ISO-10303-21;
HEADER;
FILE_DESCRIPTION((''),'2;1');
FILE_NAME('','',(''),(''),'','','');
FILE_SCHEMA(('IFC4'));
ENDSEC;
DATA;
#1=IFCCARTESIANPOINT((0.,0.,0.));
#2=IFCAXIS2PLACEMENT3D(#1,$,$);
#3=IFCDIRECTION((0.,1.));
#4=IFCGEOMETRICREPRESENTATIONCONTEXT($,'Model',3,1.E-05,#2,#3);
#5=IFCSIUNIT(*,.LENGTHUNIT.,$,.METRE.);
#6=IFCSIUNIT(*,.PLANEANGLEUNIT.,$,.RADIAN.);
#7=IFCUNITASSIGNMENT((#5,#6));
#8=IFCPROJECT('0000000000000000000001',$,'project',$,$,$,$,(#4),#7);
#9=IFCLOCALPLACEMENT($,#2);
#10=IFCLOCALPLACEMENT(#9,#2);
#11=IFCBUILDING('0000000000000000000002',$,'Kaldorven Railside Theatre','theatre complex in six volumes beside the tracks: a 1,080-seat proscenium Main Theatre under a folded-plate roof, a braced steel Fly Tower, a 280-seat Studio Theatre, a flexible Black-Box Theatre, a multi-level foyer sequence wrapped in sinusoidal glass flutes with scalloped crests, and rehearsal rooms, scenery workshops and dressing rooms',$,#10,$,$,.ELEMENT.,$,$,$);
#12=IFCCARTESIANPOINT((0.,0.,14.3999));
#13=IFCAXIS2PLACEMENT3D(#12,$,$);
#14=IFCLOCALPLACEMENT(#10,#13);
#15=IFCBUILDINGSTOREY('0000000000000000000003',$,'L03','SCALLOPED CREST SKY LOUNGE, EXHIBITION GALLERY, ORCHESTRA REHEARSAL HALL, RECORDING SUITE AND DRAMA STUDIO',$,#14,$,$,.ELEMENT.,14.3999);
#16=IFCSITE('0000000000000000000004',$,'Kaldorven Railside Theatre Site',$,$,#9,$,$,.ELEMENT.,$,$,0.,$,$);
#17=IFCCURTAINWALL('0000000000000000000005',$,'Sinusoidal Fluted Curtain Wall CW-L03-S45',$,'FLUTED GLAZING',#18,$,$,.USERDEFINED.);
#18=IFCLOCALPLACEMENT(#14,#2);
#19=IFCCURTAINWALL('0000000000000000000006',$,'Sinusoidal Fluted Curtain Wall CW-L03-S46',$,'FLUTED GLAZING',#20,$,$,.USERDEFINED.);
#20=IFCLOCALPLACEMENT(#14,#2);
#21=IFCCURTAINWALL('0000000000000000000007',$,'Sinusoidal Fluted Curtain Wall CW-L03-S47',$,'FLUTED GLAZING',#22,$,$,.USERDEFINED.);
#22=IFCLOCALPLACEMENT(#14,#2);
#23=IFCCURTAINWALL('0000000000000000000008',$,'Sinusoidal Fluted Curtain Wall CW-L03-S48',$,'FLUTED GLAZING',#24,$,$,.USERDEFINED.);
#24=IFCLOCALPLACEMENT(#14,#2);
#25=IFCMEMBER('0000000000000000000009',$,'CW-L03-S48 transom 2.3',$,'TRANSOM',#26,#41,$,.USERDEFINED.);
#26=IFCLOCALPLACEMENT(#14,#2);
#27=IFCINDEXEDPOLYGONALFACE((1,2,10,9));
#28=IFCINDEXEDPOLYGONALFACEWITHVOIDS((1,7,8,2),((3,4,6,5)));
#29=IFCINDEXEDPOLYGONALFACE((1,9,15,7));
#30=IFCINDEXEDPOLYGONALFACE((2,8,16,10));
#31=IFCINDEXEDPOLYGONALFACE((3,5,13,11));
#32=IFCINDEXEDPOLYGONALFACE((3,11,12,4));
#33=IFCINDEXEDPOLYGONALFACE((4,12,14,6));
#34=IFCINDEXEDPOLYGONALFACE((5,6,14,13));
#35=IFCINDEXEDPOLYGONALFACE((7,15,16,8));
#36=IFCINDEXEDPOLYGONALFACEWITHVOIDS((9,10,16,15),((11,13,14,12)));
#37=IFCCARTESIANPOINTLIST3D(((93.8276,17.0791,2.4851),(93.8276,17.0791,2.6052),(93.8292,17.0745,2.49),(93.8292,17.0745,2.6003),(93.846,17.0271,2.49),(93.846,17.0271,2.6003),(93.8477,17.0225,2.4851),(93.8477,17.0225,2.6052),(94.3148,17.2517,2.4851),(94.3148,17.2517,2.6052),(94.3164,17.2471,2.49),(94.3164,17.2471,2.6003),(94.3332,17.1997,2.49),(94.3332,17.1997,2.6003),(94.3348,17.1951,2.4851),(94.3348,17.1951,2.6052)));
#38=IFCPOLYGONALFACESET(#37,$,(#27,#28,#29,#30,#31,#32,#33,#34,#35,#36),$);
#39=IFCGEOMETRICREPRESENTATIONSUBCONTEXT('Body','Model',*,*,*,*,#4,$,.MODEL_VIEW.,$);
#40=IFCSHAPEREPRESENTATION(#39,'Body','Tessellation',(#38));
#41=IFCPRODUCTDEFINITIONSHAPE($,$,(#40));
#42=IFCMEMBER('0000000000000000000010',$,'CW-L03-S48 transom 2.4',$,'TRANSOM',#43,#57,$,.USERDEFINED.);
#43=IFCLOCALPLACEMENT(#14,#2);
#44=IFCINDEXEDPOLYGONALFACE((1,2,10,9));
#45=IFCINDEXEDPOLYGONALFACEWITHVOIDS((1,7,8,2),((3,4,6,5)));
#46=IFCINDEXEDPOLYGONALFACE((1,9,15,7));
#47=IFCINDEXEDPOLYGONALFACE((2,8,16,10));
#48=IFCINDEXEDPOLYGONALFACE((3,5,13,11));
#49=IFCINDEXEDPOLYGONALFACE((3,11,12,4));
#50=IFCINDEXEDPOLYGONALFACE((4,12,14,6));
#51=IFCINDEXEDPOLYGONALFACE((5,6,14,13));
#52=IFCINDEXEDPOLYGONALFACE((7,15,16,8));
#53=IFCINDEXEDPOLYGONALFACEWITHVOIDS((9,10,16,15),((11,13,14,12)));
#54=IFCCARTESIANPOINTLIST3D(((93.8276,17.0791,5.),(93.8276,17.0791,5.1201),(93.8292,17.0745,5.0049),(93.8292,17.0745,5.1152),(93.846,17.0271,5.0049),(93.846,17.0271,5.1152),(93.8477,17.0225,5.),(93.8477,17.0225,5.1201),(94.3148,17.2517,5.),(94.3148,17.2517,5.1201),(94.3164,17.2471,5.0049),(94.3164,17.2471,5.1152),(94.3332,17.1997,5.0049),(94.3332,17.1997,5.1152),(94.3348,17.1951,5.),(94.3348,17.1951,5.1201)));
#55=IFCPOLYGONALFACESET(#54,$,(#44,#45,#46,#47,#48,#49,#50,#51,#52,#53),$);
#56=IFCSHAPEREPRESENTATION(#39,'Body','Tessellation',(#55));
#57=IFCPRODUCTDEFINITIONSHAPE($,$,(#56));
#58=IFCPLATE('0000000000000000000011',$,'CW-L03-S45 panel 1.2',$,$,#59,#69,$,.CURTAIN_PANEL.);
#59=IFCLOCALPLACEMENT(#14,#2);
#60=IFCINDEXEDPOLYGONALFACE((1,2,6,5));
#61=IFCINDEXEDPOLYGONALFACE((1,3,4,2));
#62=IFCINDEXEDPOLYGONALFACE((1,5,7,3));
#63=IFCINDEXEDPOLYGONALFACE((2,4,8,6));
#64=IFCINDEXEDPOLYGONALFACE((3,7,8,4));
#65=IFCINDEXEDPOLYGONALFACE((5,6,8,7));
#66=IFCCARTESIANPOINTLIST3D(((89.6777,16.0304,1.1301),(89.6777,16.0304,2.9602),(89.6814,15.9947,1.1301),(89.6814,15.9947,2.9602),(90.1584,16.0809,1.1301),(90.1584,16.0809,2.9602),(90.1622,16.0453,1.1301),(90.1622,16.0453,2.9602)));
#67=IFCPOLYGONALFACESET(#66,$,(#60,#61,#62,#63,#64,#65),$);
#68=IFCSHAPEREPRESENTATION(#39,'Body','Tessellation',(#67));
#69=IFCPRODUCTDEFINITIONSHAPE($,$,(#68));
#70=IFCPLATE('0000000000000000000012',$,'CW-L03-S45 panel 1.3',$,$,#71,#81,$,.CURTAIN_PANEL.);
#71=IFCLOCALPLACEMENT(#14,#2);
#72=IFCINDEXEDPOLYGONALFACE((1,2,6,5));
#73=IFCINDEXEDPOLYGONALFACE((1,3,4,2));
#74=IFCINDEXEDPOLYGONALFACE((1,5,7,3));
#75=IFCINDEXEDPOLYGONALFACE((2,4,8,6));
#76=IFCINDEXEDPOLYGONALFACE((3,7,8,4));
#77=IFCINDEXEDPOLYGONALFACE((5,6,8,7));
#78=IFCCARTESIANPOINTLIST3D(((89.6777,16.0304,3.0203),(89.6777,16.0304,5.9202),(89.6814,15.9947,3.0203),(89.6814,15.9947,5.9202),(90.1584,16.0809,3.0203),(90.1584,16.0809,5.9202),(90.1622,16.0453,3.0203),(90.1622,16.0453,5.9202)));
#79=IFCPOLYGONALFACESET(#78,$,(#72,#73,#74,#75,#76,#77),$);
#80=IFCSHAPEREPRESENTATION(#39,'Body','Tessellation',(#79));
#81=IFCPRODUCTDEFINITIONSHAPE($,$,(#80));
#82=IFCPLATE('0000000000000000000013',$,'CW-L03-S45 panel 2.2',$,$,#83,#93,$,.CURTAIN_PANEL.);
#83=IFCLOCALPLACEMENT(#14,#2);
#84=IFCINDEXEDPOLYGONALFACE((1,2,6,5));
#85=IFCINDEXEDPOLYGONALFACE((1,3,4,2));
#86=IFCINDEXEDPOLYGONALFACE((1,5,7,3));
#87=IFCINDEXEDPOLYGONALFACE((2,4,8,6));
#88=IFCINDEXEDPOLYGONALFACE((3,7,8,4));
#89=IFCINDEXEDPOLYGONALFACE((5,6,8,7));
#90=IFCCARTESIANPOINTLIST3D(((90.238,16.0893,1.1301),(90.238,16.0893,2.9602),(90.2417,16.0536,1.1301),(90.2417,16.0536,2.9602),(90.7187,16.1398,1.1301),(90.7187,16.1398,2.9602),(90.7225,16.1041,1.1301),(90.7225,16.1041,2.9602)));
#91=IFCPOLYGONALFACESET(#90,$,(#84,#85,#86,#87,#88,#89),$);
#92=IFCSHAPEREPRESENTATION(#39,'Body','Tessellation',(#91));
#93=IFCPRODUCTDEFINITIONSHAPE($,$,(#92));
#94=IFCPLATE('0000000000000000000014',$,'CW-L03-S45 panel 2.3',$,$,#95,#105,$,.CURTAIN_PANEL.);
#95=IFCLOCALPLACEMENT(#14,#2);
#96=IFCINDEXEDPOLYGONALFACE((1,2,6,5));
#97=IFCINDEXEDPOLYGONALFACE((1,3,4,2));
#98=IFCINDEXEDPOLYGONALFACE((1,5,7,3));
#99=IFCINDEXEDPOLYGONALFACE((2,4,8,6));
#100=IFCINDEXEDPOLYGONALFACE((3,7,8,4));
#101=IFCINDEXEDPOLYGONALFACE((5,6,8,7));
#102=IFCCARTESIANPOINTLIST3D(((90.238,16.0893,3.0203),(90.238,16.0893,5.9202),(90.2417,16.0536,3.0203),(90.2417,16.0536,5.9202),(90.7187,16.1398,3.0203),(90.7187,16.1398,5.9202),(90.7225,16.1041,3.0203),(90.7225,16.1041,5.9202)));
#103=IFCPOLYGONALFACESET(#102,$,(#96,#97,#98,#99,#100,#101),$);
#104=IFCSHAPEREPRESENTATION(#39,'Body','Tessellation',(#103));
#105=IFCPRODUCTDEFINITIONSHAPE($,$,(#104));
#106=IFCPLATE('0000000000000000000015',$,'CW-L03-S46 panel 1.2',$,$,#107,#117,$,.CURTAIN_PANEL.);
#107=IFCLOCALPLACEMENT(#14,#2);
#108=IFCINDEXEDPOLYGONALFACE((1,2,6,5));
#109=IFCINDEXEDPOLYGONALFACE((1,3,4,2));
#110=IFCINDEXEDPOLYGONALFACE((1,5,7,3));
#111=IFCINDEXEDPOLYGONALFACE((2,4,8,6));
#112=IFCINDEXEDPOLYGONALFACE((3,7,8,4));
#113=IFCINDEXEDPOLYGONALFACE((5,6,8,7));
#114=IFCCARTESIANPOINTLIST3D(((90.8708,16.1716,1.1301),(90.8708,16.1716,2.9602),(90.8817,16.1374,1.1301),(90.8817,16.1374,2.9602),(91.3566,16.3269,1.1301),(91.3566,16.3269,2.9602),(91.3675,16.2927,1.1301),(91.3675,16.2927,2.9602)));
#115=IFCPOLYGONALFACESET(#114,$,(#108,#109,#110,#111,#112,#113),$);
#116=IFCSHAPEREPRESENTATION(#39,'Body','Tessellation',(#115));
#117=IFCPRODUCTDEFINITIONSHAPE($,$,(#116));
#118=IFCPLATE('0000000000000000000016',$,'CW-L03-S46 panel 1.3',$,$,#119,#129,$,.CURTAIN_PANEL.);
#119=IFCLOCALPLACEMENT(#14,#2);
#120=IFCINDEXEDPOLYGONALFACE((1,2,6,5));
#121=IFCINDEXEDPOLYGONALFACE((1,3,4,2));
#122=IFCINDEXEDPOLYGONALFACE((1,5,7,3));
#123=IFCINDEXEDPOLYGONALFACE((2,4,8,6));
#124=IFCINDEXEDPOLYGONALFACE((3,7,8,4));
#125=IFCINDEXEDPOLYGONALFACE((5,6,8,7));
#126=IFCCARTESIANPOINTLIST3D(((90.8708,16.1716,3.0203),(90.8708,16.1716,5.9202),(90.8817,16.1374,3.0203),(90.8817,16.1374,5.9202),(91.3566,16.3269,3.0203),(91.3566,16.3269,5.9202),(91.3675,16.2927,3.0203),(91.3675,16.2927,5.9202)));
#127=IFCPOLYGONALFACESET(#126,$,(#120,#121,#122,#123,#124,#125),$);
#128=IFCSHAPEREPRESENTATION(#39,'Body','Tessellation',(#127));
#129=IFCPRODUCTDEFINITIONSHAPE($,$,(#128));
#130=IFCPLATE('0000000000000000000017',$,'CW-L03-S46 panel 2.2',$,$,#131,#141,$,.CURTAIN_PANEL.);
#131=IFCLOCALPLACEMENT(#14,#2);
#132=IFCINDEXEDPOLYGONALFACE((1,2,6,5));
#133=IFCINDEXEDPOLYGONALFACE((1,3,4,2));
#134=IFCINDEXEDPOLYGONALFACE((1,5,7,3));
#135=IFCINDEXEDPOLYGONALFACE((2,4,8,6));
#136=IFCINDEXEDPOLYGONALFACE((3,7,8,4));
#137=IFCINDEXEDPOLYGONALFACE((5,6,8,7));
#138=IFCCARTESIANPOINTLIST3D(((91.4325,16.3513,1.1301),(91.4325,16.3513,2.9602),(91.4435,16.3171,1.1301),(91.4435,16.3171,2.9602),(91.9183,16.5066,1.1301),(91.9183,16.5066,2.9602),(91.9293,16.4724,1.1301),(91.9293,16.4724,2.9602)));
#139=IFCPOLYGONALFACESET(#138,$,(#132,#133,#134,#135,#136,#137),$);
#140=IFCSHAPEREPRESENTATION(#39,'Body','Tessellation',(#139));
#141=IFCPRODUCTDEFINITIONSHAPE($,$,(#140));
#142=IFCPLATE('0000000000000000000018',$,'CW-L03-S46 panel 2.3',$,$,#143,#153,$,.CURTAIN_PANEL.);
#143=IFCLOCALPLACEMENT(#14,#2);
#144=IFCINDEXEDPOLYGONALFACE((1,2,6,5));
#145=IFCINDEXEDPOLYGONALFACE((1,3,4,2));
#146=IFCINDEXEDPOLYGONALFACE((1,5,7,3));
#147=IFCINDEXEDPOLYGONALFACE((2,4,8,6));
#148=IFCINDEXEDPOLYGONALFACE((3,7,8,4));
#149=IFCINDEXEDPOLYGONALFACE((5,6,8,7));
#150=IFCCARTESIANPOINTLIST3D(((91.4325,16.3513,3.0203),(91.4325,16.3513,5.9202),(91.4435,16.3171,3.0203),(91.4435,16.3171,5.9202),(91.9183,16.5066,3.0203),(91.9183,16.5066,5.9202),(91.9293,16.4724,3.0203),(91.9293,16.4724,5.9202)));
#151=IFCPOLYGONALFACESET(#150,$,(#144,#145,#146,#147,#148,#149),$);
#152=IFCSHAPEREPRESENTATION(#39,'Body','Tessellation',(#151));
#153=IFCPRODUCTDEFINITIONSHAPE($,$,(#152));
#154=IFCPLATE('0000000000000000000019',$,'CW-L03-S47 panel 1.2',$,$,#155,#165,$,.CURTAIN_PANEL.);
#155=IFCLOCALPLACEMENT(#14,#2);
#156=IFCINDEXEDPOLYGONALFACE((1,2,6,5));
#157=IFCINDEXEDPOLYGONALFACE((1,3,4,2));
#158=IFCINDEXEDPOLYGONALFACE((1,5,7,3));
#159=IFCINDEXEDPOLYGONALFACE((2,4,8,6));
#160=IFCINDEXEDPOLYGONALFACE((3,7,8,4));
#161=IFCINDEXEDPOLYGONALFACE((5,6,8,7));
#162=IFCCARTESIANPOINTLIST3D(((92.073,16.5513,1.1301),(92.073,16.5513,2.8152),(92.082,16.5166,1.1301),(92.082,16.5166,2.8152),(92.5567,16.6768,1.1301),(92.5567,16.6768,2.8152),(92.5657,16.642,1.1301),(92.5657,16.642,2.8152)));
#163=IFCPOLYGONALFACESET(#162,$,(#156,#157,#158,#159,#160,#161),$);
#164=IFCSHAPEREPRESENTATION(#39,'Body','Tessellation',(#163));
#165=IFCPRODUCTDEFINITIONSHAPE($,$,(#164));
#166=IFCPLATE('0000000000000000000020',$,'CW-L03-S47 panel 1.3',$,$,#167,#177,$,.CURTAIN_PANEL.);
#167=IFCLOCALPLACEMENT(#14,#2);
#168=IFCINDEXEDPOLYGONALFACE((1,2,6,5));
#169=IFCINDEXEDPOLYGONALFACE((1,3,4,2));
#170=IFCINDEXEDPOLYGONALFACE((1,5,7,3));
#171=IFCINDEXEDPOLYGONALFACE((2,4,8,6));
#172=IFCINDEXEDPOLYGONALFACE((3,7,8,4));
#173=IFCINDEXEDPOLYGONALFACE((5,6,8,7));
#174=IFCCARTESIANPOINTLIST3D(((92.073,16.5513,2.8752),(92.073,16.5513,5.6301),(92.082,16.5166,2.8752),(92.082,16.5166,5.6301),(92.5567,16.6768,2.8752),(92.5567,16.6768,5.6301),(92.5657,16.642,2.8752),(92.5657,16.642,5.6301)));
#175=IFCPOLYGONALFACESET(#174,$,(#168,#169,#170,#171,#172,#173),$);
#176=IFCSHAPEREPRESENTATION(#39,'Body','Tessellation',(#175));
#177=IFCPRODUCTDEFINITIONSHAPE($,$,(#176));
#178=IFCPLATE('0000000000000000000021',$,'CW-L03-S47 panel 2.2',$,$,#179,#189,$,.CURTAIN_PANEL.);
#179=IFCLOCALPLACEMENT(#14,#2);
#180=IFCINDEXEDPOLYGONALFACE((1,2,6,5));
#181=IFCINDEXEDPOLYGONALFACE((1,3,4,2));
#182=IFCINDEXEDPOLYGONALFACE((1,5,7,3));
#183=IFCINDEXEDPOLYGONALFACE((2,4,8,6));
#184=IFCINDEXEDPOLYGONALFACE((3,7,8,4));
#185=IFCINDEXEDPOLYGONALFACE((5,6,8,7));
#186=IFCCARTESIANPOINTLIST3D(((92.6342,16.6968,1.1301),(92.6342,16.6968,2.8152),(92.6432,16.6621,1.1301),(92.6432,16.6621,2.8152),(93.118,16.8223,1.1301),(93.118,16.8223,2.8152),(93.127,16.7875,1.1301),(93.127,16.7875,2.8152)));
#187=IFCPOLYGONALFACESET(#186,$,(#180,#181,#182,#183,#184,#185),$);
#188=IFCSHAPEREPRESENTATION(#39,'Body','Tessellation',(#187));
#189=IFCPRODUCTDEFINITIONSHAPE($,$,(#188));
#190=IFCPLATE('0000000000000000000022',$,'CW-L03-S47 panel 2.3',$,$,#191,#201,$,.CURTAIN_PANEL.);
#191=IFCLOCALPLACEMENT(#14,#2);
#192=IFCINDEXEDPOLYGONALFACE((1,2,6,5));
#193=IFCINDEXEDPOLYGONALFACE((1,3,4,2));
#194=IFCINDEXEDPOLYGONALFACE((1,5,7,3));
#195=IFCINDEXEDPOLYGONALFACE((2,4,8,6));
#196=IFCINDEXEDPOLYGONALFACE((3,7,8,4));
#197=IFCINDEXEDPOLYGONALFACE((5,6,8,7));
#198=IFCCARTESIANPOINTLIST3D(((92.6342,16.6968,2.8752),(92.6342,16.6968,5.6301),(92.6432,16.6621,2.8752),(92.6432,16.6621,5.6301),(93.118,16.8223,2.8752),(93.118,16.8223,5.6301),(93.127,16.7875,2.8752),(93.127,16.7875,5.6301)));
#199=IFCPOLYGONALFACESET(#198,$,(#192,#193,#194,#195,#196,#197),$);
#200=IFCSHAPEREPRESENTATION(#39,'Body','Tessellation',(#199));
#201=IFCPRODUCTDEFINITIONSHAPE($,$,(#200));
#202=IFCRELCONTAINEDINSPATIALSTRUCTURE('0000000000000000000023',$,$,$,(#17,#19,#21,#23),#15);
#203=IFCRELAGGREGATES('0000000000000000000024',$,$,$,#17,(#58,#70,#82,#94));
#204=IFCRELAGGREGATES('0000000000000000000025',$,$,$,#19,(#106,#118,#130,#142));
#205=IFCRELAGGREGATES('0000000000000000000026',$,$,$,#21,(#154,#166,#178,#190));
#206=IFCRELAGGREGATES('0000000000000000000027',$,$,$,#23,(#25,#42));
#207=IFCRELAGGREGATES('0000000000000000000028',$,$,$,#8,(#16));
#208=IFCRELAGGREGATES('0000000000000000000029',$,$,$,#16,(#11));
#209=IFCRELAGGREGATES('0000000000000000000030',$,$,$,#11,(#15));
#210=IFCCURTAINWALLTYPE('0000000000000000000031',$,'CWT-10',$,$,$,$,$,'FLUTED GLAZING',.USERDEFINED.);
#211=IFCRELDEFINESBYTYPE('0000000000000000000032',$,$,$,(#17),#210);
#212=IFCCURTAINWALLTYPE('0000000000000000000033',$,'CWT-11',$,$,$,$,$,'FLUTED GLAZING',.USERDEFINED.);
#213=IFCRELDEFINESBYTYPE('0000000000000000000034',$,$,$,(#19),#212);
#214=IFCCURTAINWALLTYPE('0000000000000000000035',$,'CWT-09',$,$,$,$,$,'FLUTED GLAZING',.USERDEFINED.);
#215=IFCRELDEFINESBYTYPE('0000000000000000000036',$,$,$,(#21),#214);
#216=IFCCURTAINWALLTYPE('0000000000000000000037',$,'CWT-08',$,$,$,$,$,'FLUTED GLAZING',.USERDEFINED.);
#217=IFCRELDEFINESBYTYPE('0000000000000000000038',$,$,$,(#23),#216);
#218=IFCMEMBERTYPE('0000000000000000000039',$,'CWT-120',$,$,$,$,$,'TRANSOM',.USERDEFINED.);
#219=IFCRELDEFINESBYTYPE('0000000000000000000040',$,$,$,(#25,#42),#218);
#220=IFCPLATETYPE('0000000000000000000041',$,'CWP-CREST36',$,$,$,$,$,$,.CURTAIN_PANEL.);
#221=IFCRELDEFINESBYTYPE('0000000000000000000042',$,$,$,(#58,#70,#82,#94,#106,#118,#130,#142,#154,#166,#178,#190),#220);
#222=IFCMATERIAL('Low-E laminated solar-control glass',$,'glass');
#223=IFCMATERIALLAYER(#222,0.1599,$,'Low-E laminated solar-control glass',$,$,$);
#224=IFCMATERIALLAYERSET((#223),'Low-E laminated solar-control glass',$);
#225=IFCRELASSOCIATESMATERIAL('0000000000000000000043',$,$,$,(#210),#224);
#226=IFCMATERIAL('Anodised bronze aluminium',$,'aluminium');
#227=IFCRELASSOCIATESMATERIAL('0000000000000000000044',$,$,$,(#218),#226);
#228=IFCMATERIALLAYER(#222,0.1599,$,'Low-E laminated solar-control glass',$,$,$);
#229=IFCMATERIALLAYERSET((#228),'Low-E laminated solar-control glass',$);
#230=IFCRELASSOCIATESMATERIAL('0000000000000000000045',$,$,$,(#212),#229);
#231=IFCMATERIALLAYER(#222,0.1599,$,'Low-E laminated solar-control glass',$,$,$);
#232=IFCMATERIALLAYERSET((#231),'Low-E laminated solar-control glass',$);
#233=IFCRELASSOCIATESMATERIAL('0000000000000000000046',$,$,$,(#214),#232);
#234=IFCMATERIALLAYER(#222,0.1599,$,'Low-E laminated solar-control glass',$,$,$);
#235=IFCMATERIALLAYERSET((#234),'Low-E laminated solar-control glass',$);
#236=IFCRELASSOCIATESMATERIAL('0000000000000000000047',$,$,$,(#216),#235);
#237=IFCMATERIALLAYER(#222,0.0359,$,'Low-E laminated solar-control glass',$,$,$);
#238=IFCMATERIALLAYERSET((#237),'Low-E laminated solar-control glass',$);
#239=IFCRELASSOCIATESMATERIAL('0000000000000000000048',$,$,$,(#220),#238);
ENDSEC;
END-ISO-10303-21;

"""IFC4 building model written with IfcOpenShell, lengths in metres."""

from ifc_helpers import new_model, si_unit, direction, frame, origin, origin_2d, place, context, subcontext, project, spatial, rectangle, hollow_rectangle, extrude, material, layer, layer_set, material_profile, profile_set, type_object, element, aggregate, save


model = new_model("IFC4")

# Units and contexts
model_context = context("Model", 3, precision=1e-05, world=origin(), true_north=direction((0.0, 1.0)))
body_context = subcontext(model_context, "Body", "Model", "MODEL_VIEW")
ifc_project = project(units=[si_unit("LENGTHUNIT", "METRE"), si_unit("PLANEANGLEUNIT", "RADIAN")], contexts=[model_context])

# Site, building, storey
site_placement = place(None, origin())
site = spatial("IfcSite", under=ifc_project, at=site_placement, Name="Kaldorven Railside Theatre Site", CompositionType="ELEMENT", RefElevation=0.0)
building_placement = place(site_placement, origin())
building = spatial("IfcBuilding", under=site, at=building_placement, Name="Kaldorven Railside Theatre", Description="theatre complex in six volumes beside the tracks: a 1,080-seat proscenium Main Theatre under a folded-plate roof, a braced steel Fly Tower, a 280-seat Studio Theatre, a flexible Black-Box Theatre, a multi-level foyer sequence wrapped in sinusoidal glass flutes with scalloped crests, and rehearsal rooms, scenery workshops and dressing rooms", CompositionType="ELEMENT")
storey_placement = place(building_placement, frame((0.0, 0.0, 14.3999)))
storey = spatial("IfcBuildingStorey", under=building, at=storey_placement, Name="L03", Description="SCALLOPED CREST SKY LOUNGE, EXHIBITION GALLERY, ORCHESTRA REHEARSAL HALL, RECORDING SUITE AND DRAMA STUDIO", CompositionType="ELEMENT", Elevation=14.3999)

# Curtain walls, members
ifc_material_1 = material(Name="Low-E laminated solar-control glass", Category="glass")
ifc_layer_1 = layer(ifc_material_1, 0.1599, Name="Low-E laminated solar-control glass")
ifc_layer_set_1 = layer_set([ifc_layer_1], Name="Low-E laminated solar-control glass")
curtain_wall_type_1 = type_object("IfcCurtainWallType", Name="CWT-10", ElementType="FLUTED GLAZING", PredefinedType="USERDEFINED", material=ifc_layer_set_1)
curtain_wall_1_placement = place(storey_placement, origin())
curtain_wall_1 = element("IfcCurtainWall", 1, at=curtain_wall_1_placement, inside=storey, type_object=curtain_wall_type_1, Name="Sinusoidal Fluted Curtain Wall CW-L03-S45", ObjectType="FLUTED GLAZING", PredefinedType="USERDEFINED")
ifc_material_2 = material(Name="Anodised bronze aluminium", Category="aluminium")
ifc_material_profile = material_profile(ifc_material_2, hollow_rectangle(XDim=0.0601, YDim=0.1201, WallThickness=0.0049, at=origin_2d()), Name="RHS 120x60x5")
ifc_profile_set = profile_set([ifc_material_profile], Name="Anodised bronze aluminium")
member_type = type_object("IfcMemberType", Name="CWT-120", ElementType="TRANSOM", PredefinedType="USERDEFINED", material=ifc_profile_set)
ifc_layer_2 = layer(ifc_material_1, 0.1599, Name="Low-E laminated solar-control glass")
ifc_layer_set_2 = layer_set([ifc_layer_2], Name="Low-E laminated solar-control glass")
curtain_wall_type_2 = type_object("IfcCurtainWallType", Name="CWT-11", ElementType="FLUTED GLAZING", PredefinedType="USERDEFINED", material=ifc_layer_set_2)
curtain_wall_2_placement = place(storey_placement, origin())
curtain_wall_2 = element("IfcCurtainWall", 2, at=curtain_wall_2_placement, inside=storey, type_object=curtain_wall_type_2, Name="Sinusoidal Fluted Curtain Wall CW-L03-S46", ObjectType="FLUTED GLAZING", PredefinedType="USERDEFINED")
ifc_layer_3 = layer(ifc_material_1, 0.1599, Name="Low-E laminated solar-control glass")
ifc_layer_set_3 = layer_set([ifc_layer_3], Name="Low-E laminated solar-control glass")
curtain_wall_type_3 = type_object("IfcCurtainWallType", Name="CWT-09", ElementType="FLUTED GLAZING", PredefinedType="USERDEFINED", material=ifc_layer_set_3)
curtain_wall_3_placement = place(storey_placement, origin())
curtain_wall_3 = element("IfcCurtainWall", 3, at=curtain_wall_3_placement, inside=storey, type_object=curtain_wall_type_3, Name="Sinusoidal Fluted Curtain Wall CW-L03-S47", ObjectType="FLUTED GLAZING", PredefinedType="USERDEFINED")
ifc_layer_4 = layer(ifc_material_1, 0.1599, Name="Low-E laminated solar-control glass")
ifc_layer_set_4 = layer_set([ifc_layer_4], Name="Low-E laminated solar-control glass")
curtain_wall_type_4 = type_object("IfcCurtainWallType", Name="CWT-08", ElementType="FLUTED GLAZING", PredefinedType="USERDEFINED", material=ifc_layer_set_4)
curtain_wall_4_placement = place(storey_placement, origin())
curtain_wall_4 = element("IfcCurtainWall", 4, at=curtain_wall_4_placement, inside=storey, type_object=curtain_wall_type_4, Name="Sinusoidal Fluted Curtain Wall CW-L03-S48", ObjectType="FLUTED GLAZING", PredefinedType="USERDEFINED")
member_1_placement = place(storey_placement, frame((93.8376, 17.0508, 2.5452), z_axis=(0.942562, 0.334031, 0.0), x_axis=(-0.334031, 0.942562, 0.0)))
member_1 = element("IfcMember", 5, at=member_1_placement, type_object=member_type, Name="CW-L03-S48 transom 2.3", ObjectType="TRANSOM", PredefinedType="USERDEFINED", context=body_context, shape_type="SweptSolid", body=[
    extrude(hollow_rectangle(XDim=0.0601, YDim=0.1201, WallThickness=0.0049, at=origin_2d()), origin(), (0.0, 0.0, 1.0), 0.5168),
])
member_2_placement = place(storey_placement, frame((93.8376, 17.0508, 5.0601), z_axis=(0.942562, 0.334031, 0.0), x_axis=(-0.334031, 0.942562, 0.0)))
member_2 = element("IfcMember", 6, at=member_2_placement, type_object=member_type, Name="CW-L03-S48 transom 2.4", ObjectType="TRANSOM", PredefinedType="USERDEFINED", context=body_context, shape_type="SweptSolid", body=[
    extrude(hollow_rectangle(XDim=0.0601, YDim=0.1201, WallThickness=0.0049, at=origin_2d()), origin(), (0.0, 0.0, 1.0), 0.5168),
])

# Plates
ifc_layer_5 = layer(ifc_material_1, 0.0359, Name="Low-E laminated solar-control glass")
ifc_layer_set_5 = layer_set([ifc_layer_5], Name="Low-E laminated solar-control glass")
plate_type = type_object("IfcPlateType", Name="CWP-CREST36", PredefinedType="CURTAIN_PANEL", material=ifc_layer_set_5)
plate_1_placement = place(storey_placement, frame((89.9199, 16.0378, 1.1301), z_axis=(0.0, 0.0, 1.0), x_axis=(0.994524, 0.104508, 0.0)))
plate_1 = element("IfcPlate", 7, at=plate_1_placement, type_object=plate_type, Name="CW-L03-S45 panel 1.2", PredefinedType="CURTAIN_PANEL", context=body_context, shape_type="SweptSolid", body=[
    extrude(rectangle(XDim=0.4834, YDim=0.0359, at=origin_2d()), origin(), (0.0, 0.0, 1.0), 1.8301),
])
plate_2_placement = place(storey_placement, frame((89.9199, 16.0378, 3.0203), z_axis=(0.0, 0.0, 1.0), x_axis=(0.994524, 0.104508, 0.0)))
plate_2 = element("IfcPlate", 8, at=plate_2_placement, type_object=plate_type, Name="CW-L03-S45 panel 1.3", PredefinedType="CURTAIN_PANEL", context=body_context, shape_type="SweptSolid", body=[
    extrude(rectangle(XDim=0.4834, YDim=0.0359, at=origin_2d()), origin(), (0.0, 0.0, 1.0), 2.8999),
])
plate_3_placement = place(storey_placement, frame((90.4802, 16.0967, 1.1301), z_axis=(0.0, 0.0, 1.0), x_axis=(0.994524, 0.104508, 0.0)))
plate_3 = element("IfcPlate", 9, at=plate_3_placement, type_object=plate_type, Name="CW-L03-S45 panel 2.2", PredefinedType="CURTAIN_PANEL", context=body_context, shape_type="SweptSolid", body=[
    extrude(rectangle(XDim=0.4834, YDim=0.0359, at=origin_2d()), origin(), (0.0, 0.0, 1.0), 1.8301),
])
plate_4_placement = place(storey_placement, frame((90.4802, 16.0967, 3.0203), z_axis=(0.0, 0.0, 1.0), x_axis=(0.994524, 0.104508, 0.0)))
plate_4 = element("IfcPlate", 10, at=plate_4_placement, type_object=plate_type, Name="CW-L03-S45 panel 2.3", PredefinedType="CURTAIN_PANEL", context=body_context, shape_type="SweptSolid", body=[
    extrude(rectangle(XDim=0.4834, YDim=0.0359, at=origin_2d()), origin(), (0.0, 0.0, 1.0), 2.8999),
])
aggregate(curtain_wall_1, [plate_1, plate_2, plate_3, plate_4])
plate_5_placement = place(storey_placement, frame((91.1191, 16.2322, 1.1301), z_axis=(0.0, 0.0, 1.0), x_axis=(0.952516, 0.304488, 0.0)))
plate_5 = element("IfcPlate", 11, at=plate_5_placement, type_object=plate_type, Name="CW-L03-S46 panel 1.2", PredefinedType="CURTAIN_PANEL", context=body_context, shape_type="SweptSolid", body=[
    extrude(rectangle(XDim=0.51, YDim=0.0359, at=origin_2d()), origin(), (0.0, 0.0, 1.0), 1.8301),
])
plate_6_placement = place(storey_placement, frame((91.1191, 16.2322, 3.0203), z_axis=(0.0, 0.0, 1.0), x_axis=(0.952516, 0.304488, 0.0)))
plate_6 = element("IfcPlate", 12, at=plate_6_placement, type_object=plate_type, Name="CW-L03-S46 panel 1.3", PredefinedType="CURTAIN_PANEL", context=body_context, shape_type="SweptSolid", body=[
    extrude(rectangle(XDim=0.51, YDim=0.0359, at=origin_2d()), origin(), (0.0, 0.0, 1.0), 2.8999),
])
plate_7_placement = place(storey_placement, frame((91.6809, 16.4119, 1.1301), z_axis=(0.0, 0.0, 1.0), x_axis=(0.952516, 0.304488, 0.0)))
plate_7 = element("IfcPlate", 13, at=plate_7_placement, type_object=plate_type, Name="CW-L03-S46 panel 2.2", PredefinedType="CURTAIN_PANEL", context=body_context, shape_type="SweptSolid", body=[
    extrude(rectangle(XDim=0.51, YDim=0.0359, at=origin_2d()), origin(), (0.0, 0.0, 1.0), 1.8301),
])
plate_8_placement = place(storey_placement, frame((91.6809, 16.4119, 3.0203), z_axis=(0.0, 0.0, 1.0), x_axis=(0.952516, 0.304488, 0.0)))
plate_8 = element("IfcPlate", 14, at=plate_8_placement, type_object=plate_type, Name="CW-L03-S46 panel 2.3", PredefinedType="CURTAIN_PANEL", context=body_context, shape_type="SweptSolid", body=[
    extrude(rectangle(XDim=0.51, YDim=0.0359, at=origin_2d()), origin(), (0.0, 0.0, 1.0), 2.8999),
])
aggregate(curtain_wall_2, [plate_5, plate_6, plate_7, plate_8])
plate_9_placement = place(storey_placement, frame((92.3193, 16.5967, 1.1301), z_axis=(0.0, 0.0, 1.0), x_axis=(0.967999, 0.250954, 0.0)))
plate_9 = element("IfcPlate", 15, at=plate_9_placement, type_object=plate_type, Name="CW-L03-S47 panel 1.2", PredefinedType="CURTAIN_PANEL", context=body_context, shape_type="SweptSolid", body=[
    extrude(rectangle(XDim=0.4998, YDim=0.0359, at=origin_2d()), origin(), (0.0, 0.0, 1.0), 1.6851),
])
plate_10_placement = place(storey_placement, frame((92.3193, 16.5967, 2.8752), z_axis=(0.0, 0.0, 1.0), x_axis=(0.967999, 0.250954, 0.0)))
plate_10 = element("IfcPlate", 16, at=plate_10_placement, type_object=plate_type, Name="CW-L03-S47 panel 1.3", PredefinedType="CURTAIN_PANEL", context=body_context, shape_type="SweptSolid", body=[
    extrude(rectangle(XDim=0.4998, YDim=0.0359, at=origin_2d()), origin(), (0.0, 0.0, 1.0), 2.7549),
])
plate_11_placement = place(storey_placement, frame((92.8806, 16.7422, 1.1301), z_axis=(0.0, 0.0, 1.0), x_axis=(0.967999, 0.250954, 0.0)))
plate_11 = element("IfcPlate", 17, at=plate_11_placement, type_object=plate_type, Name="CW-L03-S47 panel 2.2", PredefinedType="CURTAIN_PANEL", context=body_context, shape_type="SweptSolid", body=[
    extrude(rectangle(XDim=0.4998, YDim=0.0359, at=origin_2d()), origin(), (0.0, 0.0, 1.0), 1.6851),
])
plate_12_placement = place(storey_placement, frame((92.8806, 16.7422, 2.8752), z_axis=(0.0, 0.0, 1.0), x_axis=(0.967999, 0.250954, 0.0)))
plate_12 = element("IfcPlate", 18, at=plate_12_placement, type_object=plate_type, Name="CW-L03-S47 panel 2.3", PredefinedType="CURTAIN_PANEL", context=body_context, shape_type="SweptSolid", body=[
    extrude(rectangle(XDim=0.4998, YDim=0.0359, at=origin_2d()), origin(), (0.0, 0.0, 1.0), 2.7549),
])
aggregate(curtain_wall_3, [plate_9, plate_10, plate_11, plate_12])
aggregate(curtain_wall_4, [member_1, member_2])

save(model, "model.ifc")
